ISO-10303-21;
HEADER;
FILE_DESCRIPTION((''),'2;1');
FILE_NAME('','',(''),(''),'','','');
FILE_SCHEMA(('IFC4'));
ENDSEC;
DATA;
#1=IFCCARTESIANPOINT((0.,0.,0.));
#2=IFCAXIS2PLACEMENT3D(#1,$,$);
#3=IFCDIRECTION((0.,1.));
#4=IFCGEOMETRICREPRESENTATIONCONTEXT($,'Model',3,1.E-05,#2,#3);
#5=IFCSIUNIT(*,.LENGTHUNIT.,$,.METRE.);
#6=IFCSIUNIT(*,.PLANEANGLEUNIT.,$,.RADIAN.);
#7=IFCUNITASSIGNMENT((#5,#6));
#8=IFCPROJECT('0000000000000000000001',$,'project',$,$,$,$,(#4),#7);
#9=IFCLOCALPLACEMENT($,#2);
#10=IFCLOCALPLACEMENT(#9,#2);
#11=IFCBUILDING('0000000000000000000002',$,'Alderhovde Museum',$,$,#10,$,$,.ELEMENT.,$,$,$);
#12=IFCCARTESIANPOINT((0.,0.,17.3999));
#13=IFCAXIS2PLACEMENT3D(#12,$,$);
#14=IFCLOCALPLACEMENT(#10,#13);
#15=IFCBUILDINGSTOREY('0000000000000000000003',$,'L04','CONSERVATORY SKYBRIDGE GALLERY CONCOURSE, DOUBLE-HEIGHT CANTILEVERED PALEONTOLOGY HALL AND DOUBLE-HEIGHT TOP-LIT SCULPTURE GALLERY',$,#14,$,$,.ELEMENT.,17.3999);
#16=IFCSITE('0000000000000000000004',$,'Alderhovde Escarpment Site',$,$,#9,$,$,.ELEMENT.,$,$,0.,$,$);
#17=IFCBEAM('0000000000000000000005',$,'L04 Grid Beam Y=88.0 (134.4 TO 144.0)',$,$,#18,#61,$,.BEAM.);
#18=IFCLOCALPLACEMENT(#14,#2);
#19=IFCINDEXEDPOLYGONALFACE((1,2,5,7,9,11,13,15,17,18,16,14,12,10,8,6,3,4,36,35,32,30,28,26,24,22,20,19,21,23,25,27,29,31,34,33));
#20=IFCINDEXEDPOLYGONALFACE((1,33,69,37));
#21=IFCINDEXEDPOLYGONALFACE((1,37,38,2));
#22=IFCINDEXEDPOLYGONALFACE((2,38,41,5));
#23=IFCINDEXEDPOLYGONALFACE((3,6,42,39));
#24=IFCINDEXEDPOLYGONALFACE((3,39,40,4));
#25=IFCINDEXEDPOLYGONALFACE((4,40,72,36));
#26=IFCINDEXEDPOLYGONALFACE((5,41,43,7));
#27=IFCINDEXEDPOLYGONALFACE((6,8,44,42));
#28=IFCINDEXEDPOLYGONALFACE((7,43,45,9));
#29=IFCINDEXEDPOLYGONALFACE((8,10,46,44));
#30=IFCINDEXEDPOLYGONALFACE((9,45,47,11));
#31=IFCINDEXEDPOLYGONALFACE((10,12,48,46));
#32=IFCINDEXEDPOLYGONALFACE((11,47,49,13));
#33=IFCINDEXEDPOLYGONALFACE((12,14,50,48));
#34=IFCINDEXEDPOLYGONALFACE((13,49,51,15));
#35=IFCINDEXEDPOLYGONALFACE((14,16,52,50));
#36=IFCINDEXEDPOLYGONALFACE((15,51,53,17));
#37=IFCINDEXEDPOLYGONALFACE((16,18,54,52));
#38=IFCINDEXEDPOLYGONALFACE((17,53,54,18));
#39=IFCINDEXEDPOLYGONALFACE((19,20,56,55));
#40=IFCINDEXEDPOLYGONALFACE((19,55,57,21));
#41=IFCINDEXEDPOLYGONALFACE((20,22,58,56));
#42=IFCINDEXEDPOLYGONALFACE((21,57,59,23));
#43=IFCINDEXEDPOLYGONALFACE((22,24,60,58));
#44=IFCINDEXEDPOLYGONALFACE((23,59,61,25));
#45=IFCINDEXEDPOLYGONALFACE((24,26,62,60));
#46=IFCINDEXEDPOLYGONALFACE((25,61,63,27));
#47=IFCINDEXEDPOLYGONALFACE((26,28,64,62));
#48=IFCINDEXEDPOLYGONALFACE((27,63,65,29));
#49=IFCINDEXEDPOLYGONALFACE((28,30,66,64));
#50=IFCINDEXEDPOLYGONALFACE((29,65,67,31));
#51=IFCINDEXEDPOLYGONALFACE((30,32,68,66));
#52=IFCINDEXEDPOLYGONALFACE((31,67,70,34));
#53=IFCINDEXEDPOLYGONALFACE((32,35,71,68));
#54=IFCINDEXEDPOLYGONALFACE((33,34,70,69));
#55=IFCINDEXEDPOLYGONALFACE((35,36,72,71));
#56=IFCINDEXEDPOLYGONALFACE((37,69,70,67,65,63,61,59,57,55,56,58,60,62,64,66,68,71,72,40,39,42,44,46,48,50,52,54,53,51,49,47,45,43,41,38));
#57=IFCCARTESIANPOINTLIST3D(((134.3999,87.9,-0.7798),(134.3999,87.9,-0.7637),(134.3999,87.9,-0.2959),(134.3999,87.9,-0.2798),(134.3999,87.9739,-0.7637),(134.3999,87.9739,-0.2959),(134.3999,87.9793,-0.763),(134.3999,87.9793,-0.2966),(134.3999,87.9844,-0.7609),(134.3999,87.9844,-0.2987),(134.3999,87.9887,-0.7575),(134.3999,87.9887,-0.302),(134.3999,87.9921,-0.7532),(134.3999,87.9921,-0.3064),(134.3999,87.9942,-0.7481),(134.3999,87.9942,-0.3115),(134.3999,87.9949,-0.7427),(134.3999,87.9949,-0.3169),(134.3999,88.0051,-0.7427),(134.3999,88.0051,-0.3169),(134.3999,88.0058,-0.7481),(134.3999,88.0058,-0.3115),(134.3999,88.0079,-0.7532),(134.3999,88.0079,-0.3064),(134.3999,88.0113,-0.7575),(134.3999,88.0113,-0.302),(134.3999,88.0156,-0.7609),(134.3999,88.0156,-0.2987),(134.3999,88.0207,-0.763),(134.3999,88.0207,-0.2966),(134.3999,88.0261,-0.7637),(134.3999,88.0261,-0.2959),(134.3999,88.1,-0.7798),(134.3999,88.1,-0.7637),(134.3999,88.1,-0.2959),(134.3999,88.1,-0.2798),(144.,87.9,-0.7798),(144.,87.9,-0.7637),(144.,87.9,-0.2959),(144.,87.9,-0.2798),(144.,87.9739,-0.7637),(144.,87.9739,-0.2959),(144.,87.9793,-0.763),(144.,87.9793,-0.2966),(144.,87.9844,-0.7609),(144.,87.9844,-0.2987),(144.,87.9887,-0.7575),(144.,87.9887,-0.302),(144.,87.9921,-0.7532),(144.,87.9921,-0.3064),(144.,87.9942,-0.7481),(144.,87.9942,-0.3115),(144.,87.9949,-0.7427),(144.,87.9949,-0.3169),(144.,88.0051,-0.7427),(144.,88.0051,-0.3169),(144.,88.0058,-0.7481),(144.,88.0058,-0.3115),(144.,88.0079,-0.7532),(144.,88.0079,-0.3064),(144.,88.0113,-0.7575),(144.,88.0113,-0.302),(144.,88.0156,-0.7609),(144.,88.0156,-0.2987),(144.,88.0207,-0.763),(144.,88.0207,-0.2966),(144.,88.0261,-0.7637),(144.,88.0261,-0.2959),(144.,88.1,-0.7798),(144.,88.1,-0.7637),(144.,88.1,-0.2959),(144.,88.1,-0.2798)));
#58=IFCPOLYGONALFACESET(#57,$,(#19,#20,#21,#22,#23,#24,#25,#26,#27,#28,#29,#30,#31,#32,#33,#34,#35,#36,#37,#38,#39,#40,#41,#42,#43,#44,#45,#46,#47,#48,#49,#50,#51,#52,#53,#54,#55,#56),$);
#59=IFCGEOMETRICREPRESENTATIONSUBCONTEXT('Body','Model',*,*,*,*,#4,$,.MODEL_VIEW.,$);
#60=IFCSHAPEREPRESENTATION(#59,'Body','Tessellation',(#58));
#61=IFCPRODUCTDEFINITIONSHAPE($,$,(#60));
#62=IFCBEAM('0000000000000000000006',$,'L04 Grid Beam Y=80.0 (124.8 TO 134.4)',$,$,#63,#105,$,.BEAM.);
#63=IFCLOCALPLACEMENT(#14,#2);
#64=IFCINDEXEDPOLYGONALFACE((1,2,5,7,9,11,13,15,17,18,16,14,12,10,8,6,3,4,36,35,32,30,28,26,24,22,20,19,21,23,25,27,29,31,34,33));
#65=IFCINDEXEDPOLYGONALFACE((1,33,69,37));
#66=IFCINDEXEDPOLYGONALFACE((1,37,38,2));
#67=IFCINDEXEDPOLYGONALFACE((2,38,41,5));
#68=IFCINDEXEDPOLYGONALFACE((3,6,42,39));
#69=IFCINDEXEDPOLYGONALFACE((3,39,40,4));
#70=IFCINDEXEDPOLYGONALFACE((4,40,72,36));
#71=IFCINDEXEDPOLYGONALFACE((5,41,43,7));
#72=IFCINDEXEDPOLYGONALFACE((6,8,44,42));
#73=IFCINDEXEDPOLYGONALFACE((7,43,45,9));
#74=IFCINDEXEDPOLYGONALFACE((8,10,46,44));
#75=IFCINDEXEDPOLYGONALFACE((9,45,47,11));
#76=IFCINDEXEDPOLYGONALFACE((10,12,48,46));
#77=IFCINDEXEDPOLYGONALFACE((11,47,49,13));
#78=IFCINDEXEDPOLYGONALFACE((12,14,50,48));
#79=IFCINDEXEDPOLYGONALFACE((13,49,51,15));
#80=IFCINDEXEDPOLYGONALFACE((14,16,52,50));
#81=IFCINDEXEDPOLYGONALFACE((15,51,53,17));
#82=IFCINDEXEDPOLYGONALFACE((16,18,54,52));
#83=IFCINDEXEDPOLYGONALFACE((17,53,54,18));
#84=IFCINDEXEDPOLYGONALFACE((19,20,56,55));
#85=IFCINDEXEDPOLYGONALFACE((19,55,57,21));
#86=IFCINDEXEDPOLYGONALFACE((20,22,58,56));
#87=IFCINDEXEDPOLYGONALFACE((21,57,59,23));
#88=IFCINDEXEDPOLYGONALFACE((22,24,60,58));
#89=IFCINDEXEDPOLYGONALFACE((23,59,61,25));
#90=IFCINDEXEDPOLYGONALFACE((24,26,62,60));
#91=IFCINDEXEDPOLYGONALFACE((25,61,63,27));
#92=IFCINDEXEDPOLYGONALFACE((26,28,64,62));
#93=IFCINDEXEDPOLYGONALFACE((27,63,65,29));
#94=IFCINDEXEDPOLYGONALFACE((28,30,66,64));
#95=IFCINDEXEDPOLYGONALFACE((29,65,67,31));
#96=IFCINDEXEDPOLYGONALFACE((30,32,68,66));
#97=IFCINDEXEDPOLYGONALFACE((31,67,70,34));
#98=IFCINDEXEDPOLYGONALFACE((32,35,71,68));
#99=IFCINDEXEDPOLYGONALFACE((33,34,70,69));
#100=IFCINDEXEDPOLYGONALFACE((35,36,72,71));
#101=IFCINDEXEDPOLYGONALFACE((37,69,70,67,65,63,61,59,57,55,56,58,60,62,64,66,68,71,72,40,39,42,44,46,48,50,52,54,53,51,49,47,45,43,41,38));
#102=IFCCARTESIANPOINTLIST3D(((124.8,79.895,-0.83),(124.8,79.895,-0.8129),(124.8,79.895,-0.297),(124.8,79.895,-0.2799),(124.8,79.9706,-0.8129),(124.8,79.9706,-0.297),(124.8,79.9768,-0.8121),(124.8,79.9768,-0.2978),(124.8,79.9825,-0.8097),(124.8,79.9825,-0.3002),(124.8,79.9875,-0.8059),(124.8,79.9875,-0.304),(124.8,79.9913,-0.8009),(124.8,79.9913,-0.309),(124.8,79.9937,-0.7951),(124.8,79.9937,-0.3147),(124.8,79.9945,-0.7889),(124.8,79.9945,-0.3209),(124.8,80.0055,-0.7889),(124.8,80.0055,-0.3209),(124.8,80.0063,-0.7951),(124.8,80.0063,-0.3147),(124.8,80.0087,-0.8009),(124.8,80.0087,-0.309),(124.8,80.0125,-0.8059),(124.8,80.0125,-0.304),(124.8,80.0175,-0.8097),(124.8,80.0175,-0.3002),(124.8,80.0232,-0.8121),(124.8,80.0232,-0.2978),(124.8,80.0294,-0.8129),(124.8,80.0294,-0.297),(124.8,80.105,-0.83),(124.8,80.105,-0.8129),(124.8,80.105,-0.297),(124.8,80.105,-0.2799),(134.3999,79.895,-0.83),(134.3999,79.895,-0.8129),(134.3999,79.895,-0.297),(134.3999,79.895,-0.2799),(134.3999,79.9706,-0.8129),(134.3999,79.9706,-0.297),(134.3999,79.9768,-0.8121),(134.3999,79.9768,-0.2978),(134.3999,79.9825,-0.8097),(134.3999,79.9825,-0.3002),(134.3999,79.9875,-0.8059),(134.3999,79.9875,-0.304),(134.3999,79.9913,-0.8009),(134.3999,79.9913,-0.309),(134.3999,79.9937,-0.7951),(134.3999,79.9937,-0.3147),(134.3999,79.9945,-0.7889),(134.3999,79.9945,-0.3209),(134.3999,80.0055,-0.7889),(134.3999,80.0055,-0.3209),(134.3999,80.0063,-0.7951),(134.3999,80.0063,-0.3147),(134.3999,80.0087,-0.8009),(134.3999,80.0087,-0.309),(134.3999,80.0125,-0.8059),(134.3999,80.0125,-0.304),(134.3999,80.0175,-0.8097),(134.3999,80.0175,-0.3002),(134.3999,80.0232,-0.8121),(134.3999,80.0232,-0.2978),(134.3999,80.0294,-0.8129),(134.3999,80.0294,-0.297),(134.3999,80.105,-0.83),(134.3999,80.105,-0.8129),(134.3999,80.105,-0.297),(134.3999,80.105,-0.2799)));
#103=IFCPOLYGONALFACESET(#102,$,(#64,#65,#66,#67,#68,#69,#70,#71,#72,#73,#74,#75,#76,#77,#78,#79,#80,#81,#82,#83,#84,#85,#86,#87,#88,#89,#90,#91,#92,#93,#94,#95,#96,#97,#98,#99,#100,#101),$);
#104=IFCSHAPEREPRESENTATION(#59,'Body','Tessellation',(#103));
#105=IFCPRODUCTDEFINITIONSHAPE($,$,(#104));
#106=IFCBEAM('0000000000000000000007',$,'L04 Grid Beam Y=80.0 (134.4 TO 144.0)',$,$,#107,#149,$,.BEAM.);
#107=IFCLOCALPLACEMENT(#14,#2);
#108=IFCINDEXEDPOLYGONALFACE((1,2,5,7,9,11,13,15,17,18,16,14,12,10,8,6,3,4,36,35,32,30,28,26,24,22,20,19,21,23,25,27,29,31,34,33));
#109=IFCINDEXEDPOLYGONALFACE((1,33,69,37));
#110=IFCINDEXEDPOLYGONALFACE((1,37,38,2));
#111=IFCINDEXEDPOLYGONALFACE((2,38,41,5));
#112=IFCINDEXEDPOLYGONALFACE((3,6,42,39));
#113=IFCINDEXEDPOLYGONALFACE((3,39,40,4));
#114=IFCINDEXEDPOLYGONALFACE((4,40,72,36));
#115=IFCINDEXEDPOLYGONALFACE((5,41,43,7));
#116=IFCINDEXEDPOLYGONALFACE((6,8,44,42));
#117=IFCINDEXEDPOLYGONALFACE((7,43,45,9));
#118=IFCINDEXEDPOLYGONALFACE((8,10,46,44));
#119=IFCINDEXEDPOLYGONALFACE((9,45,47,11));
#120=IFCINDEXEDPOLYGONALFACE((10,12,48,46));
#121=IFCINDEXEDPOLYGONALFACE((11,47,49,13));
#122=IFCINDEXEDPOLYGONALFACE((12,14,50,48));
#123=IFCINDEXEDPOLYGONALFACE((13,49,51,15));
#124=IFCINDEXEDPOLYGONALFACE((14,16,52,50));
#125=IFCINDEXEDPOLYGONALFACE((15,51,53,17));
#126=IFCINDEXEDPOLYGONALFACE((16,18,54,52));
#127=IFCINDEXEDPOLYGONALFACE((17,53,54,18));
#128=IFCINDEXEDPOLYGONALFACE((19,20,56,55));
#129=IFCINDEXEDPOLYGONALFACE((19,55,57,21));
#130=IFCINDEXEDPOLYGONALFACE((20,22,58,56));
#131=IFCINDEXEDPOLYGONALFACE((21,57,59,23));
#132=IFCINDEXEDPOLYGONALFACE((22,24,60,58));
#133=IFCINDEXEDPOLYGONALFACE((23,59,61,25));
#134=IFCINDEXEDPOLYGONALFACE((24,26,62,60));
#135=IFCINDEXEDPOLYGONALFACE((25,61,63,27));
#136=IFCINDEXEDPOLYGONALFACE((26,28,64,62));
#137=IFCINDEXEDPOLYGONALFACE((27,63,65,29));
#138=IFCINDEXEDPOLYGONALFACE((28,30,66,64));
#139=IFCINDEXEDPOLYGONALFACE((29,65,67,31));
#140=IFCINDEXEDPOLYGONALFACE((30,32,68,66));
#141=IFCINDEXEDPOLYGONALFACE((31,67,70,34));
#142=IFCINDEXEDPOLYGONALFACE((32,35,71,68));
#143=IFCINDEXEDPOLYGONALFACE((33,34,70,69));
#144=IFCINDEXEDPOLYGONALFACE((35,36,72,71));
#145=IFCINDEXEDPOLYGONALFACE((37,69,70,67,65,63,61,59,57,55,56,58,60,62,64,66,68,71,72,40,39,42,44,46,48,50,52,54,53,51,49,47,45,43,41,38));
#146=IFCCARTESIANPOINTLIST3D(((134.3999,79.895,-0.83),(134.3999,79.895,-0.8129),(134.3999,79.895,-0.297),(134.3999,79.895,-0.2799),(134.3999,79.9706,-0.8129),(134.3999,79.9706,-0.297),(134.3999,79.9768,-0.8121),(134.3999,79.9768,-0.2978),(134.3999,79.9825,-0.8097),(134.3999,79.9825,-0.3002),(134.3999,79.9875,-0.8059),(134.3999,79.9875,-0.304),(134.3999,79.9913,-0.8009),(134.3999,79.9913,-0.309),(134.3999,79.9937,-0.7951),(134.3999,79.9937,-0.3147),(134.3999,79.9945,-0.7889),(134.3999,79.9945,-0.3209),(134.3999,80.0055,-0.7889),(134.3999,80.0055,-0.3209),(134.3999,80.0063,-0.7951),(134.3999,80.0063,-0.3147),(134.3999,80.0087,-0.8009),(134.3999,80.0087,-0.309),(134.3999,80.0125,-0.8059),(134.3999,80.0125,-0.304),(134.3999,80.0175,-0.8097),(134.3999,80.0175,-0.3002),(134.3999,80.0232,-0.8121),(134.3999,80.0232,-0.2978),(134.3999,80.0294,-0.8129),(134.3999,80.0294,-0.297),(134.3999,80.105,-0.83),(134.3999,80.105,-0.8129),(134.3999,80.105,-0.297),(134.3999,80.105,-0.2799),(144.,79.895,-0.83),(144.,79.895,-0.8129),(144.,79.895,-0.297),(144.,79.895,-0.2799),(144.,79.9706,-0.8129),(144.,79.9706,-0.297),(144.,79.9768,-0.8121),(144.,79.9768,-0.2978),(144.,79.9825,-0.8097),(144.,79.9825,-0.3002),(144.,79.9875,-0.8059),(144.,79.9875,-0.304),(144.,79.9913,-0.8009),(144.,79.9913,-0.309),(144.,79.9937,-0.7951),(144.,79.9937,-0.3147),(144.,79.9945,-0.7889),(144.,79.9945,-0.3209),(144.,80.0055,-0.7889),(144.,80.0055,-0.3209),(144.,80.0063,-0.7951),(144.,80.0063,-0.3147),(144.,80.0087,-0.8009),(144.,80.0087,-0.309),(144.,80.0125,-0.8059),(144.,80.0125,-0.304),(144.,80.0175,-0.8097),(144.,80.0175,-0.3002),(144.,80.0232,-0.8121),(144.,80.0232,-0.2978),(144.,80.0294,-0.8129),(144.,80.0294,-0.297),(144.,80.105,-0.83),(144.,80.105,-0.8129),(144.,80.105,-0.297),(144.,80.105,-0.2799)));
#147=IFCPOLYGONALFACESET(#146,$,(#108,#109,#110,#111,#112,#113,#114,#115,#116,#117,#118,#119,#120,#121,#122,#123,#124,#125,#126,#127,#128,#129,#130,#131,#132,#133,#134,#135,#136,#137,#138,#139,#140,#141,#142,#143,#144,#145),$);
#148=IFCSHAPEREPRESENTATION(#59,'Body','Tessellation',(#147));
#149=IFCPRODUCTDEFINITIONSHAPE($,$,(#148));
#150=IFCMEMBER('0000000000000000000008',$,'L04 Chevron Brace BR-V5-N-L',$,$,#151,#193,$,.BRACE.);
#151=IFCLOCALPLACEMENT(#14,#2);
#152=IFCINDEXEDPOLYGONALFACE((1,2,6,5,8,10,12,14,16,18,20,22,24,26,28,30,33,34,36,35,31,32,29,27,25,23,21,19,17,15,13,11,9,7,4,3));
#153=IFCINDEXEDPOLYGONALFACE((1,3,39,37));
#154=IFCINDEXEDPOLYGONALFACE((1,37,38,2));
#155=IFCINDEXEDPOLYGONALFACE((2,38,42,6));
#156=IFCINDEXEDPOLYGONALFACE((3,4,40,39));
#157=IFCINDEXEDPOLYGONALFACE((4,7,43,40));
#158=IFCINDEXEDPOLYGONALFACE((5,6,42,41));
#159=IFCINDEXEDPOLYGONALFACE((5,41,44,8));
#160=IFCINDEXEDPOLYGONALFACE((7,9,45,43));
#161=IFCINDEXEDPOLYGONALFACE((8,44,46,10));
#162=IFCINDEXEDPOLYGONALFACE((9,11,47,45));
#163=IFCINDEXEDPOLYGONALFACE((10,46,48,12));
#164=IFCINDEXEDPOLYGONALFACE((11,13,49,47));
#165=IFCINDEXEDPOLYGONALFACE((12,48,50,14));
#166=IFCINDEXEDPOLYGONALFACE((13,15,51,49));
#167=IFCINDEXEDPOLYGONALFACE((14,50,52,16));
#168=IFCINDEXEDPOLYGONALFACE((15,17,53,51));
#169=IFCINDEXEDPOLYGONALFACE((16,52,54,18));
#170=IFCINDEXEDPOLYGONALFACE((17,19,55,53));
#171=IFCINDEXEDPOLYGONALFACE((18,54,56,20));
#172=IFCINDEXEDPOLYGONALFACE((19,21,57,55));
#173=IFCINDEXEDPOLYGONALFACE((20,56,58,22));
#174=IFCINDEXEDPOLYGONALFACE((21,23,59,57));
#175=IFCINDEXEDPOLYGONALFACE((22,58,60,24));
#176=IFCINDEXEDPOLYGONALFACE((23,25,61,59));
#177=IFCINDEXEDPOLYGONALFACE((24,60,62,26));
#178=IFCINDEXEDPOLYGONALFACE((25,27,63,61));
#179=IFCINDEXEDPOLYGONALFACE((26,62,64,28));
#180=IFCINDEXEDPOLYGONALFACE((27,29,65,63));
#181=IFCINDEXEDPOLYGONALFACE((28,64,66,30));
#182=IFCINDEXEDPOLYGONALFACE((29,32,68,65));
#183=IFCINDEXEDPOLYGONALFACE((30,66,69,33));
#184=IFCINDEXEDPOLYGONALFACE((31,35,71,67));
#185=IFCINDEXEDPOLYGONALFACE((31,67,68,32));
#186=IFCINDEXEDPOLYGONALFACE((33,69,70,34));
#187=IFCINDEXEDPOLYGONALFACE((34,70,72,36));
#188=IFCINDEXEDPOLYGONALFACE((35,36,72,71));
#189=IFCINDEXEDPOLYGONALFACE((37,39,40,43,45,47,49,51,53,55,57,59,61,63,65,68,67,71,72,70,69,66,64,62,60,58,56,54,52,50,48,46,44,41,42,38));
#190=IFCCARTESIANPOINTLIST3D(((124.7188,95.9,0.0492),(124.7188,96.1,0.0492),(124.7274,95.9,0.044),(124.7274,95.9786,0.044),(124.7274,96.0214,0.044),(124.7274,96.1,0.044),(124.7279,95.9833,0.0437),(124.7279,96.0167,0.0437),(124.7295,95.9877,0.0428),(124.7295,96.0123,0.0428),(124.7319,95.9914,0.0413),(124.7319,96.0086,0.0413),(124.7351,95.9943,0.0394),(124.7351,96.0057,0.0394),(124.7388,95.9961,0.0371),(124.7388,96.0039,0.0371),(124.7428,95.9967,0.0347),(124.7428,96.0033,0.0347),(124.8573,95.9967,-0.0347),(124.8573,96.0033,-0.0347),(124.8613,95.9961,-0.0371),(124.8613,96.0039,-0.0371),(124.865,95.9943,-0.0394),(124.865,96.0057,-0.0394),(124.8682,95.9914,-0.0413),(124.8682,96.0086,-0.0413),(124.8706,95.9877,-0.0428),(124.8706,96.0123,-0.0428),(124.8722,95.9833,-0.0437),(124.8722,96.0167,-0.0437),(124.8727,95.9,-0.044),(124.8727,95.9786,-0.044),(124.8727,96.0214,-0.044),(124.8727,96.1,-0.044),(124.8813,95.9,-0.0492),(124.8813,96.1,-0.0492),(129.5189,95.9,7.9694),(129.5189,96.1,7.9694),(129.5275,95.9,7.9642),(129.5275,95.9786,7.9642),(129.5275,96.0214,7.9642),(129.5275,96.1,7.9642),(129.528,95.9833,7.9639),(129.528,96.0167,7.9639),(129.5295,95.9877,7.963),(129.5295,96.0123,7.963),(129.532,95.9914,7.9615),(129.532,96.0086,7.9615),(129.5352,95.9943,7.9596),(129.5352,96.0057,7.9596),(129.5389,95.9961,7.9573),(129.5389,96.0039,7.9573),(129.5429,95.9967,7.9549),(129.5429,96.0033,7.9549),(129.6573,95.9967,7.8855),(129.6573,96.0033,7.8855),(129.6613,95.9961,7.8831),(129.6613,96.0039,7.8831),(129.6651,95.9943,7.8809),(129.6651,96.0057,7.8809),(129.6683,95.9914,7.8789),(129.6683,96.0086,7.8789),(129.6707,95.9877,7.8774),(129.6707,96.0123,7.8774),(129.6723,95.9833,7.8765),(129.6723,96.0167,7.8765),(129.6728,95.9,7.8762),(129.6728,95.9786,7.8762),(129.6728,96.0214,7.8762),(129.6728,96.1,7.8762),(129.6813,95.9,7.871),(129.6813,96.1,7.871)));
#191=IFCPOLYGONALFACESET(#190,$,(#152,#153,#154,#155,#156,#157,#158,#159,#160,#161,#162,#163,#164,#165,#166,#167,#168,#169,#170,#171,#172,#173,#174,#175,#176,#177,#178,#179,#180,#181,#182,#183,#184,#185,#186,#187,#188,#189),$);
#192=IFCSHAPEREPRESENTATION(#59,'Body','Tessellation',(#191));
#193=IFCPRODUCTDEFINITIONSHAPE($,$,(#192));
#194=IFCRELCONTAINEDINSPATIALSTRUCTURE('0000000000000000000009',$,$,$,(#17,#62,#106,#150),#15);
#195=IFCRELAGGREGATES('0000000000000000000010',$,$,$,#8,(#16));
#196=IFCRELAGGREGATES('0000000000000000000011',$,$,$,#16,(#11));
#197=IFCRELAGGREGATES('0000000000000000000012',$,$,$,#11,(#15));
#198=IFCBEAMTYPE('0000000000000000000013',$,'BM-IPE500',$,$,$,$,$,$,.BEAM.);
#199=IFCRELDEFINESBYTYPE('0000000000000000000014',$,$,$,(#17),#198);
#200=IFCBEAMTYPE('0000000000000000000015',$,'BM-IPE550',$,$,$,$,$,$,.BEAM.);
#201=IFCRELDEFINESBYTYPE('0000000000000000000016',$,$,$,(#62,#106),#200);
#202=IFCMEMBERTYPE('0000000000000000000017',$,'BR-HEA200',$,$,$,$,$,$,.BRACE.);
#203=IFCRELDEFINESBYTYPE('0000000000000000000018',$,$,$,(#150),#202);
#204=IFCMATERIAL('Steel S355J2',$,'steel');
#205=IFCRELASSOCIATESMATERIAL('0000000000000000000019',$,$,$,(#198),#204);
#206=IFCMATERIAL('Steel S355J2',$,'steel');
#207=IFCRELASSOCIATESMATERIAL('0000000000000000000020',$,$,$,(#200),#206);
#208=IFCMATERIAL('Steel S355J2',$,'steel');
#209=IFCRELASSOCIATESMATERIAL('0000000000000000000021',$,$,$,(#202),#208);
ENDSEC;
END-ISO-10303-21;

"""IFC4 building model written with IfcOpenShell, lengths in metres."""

from ifc_helpers import new_model, si_unit, direction, frame, origin, origin_2d, place, context, subcontext, project, spatial, i_section, extrude, material, material_profile, profile_set, type_object, element, save


model = new_model("IFC4")

# Units and contexts
model_context = context("Model", 3, precision=1e-05, world=origin(), true_north=direction((0.0, 1.0)))
body_context = subcontext(model_context, "Body", "Model", "MODEL_VIEW")
ifc_project = project(units=[si_unit("LENGTHUNIT", "METRE"), si_unit("PLANEANGLEUNIT", "RADIAN")], contexts=[model_context])

# Site, building, storey
site_placement = place(None, origin())
site = spatial("IfcSite", under=ifc_project, at=site_placement, Name="Alderhovde Escarpment Site", CompositionType="ELEMENT", RefElevation=0.0)
building_placement = place(site_placement, origin())
building = spatial("IfcBuilding", under=site, at=building_placement, Name="Alderhovde Museum", CompositionType="ELEMENT")
storey_placement = place(building_placement, frame((0.0, 0.0, 17.3999)))
storey = spatial("IfcBuildingStorey", under=building, at=storey_placement, Name="L04", Description="CONSERVATORY SKYBRIDGE GALLERY CONCOURSE, DOUBLE-HEIGHT CANTILEVERED PALEONTOLOGY HALL AND DOUBLE-HEIGHT TOP-LIT SCULPTURE GALLERY", CompositionType="ELEMENT", Elevation=17.3999)

# Beams
ifc_material_1 = material(Name="Steel S355J2", Category="steel")
ifc_material_profile_1 = material_profile(ifc_material_1, i_section(OverallWidth=0.2, OverallDepth=0.5, WebThickness=0.0103, FlangeThickness=0.0161, FilletRadius=0.021, at=origin_2d()), Name="IPE 500")
ifc_profile_set_1 = profile_set([ifc_material_profile_1], Name="Steel S355J2")
beam_type_1 = type_object("IfcBeamType", Name="BM-IPE500", PredefinedType="BEAM", material=ifc_profile_set_1)
beam_1_placement = place(storey_placement, frame((134.3999, 88.0, -0.5298), z_axis=(1.0, 0.0, 0.0), x_axis=(0.0, 1.0, 0.0)))
element("IfcBeam", 1, at=beam_1_placement, inside=storey, type_object=beam_type_1, Name="L04 Grid Beam Y=88.0 (134.4 TO 144.0)", PredefinedType="BEAM", context=body_context, shape_type="SweptSolid", body=[
    extrude(i_section(OverallWidth=0.2, OverallDepth=0.5, WebThickness=0.0103, FlangeThickness=0.0161, FilletRadius=0.021, at=origin_2d()), origin(), (0.0, 0.0, 1.0), 9.6001),
])
ifc_material_2 = material(Name="Steel S355J2", Category="steel")
ifc_material_profile_2 = material_profile(ifc_material_2, i_section(OverallWidth=0.21, OverallDepth=0.55, WebThickness=0.011, FlangeThickness=0.0171, FilletRadius=0.0239, at=origin_2d()), Name="IPE 550")
ifc_profile_set_2 = profile_set([ifc_material_profile_2], Name="Steel S355J2")
beam_type_2 = type_object("IfcBeamType", Name="BM-IPE550", PredefinedType="BEAM", material=ifc_profile_set_2)
beam_2_placement = place(storey_placement, frame((124.8, 80.0, -0.5549), z_axis=(1.0, 0.0, 0.0), x_axis=(0.0, 1.0, 0.0)))
element("IfcBeam", 2, at=beam_2_placement, inside=storey, type_object=beam_type_2, Name="L04 Grid Beam Y=80.0 (124.8 TO 134.4)", PredefinedType="BEAM", context=body_context, shape_type="SweptSolid", body=[
    extrude(i_section(OverallWidth=0.21, OverallDepth=0.55, WebThickness=0.011, FlangeThickness=0.0171, FilletRadius=0.0239, at=origin_2d()), origin(), (0.0, 0.0, 1.0), 9.5999),
])
beam_3_placement = place(storey_placement, frame((134.3999, 80.0, -0.5549), z_axis=(1.0, 0.0, 0.0), x_axis=(0.0, 1.0, 0.0)))
element("IfcBeam", 3, at=beam_3_placement, inside=storey, type_object=beam_type_2, Name="L04 Grid Beam Y=80.0 (134.4 TO 144.0)", PredefinedType="BEAM", context=body_context, shape_type="SweptSolid", body=[
    extrude(i_section(OverallWidth=0.21, OverallDepth=0.55, WebThickness=0.011, FlangeThickness=0.0171, FilletRadius=0.0239, at=origin_2d()), origin(), (0.0, 0.0, 1.0), 9.6001),
])

# Member
ifc_material_3 = material(Name="Steel S355J2", Category="steel")
ifc_material_profile_3 = material_profile(ifc_material_3, i_section(OverallWidth=0.2, OverallDepth=0.1899, WebThickness=0.0066, FlangeThickness=0.01, FilletRadius=0.0181, at=origin_2d()), Name="HEA 200")
ifc_profile_set_3 = profile_set([ifc_material_profile_3], Name="Steel S355J2")
member_type = type_object("IfcMemberType", Name="BR-HEA200", PredefinedType="BRACE", material=ifc_profile_set_3)
member_placement = place(storey_placement, frame((124.8, 96.0, 0.0), z_axis=(0.518298, 0.0, 0.8552), x_axis=(0.0, 1.0, 0.0)))
element("IfcMember", 4, at=member_placement, inside=storey, type_object=member_type, Name="L04 Chevron Brace BR-V5-N-L", PredefinedType="BRACE", context=body_context, shape_type="SweptSolid", body=[
    extrude(i_section(OverallWidth=0.2, OverallDepth=0.1899, WebThickness=0.0066, FlangeThickness=0.01, FilletRadius=0.0181, at=origin_2d()), origin(), (0.0, 0.0, 1.0), 9.2612),
])

save(model, "model.ifc")
